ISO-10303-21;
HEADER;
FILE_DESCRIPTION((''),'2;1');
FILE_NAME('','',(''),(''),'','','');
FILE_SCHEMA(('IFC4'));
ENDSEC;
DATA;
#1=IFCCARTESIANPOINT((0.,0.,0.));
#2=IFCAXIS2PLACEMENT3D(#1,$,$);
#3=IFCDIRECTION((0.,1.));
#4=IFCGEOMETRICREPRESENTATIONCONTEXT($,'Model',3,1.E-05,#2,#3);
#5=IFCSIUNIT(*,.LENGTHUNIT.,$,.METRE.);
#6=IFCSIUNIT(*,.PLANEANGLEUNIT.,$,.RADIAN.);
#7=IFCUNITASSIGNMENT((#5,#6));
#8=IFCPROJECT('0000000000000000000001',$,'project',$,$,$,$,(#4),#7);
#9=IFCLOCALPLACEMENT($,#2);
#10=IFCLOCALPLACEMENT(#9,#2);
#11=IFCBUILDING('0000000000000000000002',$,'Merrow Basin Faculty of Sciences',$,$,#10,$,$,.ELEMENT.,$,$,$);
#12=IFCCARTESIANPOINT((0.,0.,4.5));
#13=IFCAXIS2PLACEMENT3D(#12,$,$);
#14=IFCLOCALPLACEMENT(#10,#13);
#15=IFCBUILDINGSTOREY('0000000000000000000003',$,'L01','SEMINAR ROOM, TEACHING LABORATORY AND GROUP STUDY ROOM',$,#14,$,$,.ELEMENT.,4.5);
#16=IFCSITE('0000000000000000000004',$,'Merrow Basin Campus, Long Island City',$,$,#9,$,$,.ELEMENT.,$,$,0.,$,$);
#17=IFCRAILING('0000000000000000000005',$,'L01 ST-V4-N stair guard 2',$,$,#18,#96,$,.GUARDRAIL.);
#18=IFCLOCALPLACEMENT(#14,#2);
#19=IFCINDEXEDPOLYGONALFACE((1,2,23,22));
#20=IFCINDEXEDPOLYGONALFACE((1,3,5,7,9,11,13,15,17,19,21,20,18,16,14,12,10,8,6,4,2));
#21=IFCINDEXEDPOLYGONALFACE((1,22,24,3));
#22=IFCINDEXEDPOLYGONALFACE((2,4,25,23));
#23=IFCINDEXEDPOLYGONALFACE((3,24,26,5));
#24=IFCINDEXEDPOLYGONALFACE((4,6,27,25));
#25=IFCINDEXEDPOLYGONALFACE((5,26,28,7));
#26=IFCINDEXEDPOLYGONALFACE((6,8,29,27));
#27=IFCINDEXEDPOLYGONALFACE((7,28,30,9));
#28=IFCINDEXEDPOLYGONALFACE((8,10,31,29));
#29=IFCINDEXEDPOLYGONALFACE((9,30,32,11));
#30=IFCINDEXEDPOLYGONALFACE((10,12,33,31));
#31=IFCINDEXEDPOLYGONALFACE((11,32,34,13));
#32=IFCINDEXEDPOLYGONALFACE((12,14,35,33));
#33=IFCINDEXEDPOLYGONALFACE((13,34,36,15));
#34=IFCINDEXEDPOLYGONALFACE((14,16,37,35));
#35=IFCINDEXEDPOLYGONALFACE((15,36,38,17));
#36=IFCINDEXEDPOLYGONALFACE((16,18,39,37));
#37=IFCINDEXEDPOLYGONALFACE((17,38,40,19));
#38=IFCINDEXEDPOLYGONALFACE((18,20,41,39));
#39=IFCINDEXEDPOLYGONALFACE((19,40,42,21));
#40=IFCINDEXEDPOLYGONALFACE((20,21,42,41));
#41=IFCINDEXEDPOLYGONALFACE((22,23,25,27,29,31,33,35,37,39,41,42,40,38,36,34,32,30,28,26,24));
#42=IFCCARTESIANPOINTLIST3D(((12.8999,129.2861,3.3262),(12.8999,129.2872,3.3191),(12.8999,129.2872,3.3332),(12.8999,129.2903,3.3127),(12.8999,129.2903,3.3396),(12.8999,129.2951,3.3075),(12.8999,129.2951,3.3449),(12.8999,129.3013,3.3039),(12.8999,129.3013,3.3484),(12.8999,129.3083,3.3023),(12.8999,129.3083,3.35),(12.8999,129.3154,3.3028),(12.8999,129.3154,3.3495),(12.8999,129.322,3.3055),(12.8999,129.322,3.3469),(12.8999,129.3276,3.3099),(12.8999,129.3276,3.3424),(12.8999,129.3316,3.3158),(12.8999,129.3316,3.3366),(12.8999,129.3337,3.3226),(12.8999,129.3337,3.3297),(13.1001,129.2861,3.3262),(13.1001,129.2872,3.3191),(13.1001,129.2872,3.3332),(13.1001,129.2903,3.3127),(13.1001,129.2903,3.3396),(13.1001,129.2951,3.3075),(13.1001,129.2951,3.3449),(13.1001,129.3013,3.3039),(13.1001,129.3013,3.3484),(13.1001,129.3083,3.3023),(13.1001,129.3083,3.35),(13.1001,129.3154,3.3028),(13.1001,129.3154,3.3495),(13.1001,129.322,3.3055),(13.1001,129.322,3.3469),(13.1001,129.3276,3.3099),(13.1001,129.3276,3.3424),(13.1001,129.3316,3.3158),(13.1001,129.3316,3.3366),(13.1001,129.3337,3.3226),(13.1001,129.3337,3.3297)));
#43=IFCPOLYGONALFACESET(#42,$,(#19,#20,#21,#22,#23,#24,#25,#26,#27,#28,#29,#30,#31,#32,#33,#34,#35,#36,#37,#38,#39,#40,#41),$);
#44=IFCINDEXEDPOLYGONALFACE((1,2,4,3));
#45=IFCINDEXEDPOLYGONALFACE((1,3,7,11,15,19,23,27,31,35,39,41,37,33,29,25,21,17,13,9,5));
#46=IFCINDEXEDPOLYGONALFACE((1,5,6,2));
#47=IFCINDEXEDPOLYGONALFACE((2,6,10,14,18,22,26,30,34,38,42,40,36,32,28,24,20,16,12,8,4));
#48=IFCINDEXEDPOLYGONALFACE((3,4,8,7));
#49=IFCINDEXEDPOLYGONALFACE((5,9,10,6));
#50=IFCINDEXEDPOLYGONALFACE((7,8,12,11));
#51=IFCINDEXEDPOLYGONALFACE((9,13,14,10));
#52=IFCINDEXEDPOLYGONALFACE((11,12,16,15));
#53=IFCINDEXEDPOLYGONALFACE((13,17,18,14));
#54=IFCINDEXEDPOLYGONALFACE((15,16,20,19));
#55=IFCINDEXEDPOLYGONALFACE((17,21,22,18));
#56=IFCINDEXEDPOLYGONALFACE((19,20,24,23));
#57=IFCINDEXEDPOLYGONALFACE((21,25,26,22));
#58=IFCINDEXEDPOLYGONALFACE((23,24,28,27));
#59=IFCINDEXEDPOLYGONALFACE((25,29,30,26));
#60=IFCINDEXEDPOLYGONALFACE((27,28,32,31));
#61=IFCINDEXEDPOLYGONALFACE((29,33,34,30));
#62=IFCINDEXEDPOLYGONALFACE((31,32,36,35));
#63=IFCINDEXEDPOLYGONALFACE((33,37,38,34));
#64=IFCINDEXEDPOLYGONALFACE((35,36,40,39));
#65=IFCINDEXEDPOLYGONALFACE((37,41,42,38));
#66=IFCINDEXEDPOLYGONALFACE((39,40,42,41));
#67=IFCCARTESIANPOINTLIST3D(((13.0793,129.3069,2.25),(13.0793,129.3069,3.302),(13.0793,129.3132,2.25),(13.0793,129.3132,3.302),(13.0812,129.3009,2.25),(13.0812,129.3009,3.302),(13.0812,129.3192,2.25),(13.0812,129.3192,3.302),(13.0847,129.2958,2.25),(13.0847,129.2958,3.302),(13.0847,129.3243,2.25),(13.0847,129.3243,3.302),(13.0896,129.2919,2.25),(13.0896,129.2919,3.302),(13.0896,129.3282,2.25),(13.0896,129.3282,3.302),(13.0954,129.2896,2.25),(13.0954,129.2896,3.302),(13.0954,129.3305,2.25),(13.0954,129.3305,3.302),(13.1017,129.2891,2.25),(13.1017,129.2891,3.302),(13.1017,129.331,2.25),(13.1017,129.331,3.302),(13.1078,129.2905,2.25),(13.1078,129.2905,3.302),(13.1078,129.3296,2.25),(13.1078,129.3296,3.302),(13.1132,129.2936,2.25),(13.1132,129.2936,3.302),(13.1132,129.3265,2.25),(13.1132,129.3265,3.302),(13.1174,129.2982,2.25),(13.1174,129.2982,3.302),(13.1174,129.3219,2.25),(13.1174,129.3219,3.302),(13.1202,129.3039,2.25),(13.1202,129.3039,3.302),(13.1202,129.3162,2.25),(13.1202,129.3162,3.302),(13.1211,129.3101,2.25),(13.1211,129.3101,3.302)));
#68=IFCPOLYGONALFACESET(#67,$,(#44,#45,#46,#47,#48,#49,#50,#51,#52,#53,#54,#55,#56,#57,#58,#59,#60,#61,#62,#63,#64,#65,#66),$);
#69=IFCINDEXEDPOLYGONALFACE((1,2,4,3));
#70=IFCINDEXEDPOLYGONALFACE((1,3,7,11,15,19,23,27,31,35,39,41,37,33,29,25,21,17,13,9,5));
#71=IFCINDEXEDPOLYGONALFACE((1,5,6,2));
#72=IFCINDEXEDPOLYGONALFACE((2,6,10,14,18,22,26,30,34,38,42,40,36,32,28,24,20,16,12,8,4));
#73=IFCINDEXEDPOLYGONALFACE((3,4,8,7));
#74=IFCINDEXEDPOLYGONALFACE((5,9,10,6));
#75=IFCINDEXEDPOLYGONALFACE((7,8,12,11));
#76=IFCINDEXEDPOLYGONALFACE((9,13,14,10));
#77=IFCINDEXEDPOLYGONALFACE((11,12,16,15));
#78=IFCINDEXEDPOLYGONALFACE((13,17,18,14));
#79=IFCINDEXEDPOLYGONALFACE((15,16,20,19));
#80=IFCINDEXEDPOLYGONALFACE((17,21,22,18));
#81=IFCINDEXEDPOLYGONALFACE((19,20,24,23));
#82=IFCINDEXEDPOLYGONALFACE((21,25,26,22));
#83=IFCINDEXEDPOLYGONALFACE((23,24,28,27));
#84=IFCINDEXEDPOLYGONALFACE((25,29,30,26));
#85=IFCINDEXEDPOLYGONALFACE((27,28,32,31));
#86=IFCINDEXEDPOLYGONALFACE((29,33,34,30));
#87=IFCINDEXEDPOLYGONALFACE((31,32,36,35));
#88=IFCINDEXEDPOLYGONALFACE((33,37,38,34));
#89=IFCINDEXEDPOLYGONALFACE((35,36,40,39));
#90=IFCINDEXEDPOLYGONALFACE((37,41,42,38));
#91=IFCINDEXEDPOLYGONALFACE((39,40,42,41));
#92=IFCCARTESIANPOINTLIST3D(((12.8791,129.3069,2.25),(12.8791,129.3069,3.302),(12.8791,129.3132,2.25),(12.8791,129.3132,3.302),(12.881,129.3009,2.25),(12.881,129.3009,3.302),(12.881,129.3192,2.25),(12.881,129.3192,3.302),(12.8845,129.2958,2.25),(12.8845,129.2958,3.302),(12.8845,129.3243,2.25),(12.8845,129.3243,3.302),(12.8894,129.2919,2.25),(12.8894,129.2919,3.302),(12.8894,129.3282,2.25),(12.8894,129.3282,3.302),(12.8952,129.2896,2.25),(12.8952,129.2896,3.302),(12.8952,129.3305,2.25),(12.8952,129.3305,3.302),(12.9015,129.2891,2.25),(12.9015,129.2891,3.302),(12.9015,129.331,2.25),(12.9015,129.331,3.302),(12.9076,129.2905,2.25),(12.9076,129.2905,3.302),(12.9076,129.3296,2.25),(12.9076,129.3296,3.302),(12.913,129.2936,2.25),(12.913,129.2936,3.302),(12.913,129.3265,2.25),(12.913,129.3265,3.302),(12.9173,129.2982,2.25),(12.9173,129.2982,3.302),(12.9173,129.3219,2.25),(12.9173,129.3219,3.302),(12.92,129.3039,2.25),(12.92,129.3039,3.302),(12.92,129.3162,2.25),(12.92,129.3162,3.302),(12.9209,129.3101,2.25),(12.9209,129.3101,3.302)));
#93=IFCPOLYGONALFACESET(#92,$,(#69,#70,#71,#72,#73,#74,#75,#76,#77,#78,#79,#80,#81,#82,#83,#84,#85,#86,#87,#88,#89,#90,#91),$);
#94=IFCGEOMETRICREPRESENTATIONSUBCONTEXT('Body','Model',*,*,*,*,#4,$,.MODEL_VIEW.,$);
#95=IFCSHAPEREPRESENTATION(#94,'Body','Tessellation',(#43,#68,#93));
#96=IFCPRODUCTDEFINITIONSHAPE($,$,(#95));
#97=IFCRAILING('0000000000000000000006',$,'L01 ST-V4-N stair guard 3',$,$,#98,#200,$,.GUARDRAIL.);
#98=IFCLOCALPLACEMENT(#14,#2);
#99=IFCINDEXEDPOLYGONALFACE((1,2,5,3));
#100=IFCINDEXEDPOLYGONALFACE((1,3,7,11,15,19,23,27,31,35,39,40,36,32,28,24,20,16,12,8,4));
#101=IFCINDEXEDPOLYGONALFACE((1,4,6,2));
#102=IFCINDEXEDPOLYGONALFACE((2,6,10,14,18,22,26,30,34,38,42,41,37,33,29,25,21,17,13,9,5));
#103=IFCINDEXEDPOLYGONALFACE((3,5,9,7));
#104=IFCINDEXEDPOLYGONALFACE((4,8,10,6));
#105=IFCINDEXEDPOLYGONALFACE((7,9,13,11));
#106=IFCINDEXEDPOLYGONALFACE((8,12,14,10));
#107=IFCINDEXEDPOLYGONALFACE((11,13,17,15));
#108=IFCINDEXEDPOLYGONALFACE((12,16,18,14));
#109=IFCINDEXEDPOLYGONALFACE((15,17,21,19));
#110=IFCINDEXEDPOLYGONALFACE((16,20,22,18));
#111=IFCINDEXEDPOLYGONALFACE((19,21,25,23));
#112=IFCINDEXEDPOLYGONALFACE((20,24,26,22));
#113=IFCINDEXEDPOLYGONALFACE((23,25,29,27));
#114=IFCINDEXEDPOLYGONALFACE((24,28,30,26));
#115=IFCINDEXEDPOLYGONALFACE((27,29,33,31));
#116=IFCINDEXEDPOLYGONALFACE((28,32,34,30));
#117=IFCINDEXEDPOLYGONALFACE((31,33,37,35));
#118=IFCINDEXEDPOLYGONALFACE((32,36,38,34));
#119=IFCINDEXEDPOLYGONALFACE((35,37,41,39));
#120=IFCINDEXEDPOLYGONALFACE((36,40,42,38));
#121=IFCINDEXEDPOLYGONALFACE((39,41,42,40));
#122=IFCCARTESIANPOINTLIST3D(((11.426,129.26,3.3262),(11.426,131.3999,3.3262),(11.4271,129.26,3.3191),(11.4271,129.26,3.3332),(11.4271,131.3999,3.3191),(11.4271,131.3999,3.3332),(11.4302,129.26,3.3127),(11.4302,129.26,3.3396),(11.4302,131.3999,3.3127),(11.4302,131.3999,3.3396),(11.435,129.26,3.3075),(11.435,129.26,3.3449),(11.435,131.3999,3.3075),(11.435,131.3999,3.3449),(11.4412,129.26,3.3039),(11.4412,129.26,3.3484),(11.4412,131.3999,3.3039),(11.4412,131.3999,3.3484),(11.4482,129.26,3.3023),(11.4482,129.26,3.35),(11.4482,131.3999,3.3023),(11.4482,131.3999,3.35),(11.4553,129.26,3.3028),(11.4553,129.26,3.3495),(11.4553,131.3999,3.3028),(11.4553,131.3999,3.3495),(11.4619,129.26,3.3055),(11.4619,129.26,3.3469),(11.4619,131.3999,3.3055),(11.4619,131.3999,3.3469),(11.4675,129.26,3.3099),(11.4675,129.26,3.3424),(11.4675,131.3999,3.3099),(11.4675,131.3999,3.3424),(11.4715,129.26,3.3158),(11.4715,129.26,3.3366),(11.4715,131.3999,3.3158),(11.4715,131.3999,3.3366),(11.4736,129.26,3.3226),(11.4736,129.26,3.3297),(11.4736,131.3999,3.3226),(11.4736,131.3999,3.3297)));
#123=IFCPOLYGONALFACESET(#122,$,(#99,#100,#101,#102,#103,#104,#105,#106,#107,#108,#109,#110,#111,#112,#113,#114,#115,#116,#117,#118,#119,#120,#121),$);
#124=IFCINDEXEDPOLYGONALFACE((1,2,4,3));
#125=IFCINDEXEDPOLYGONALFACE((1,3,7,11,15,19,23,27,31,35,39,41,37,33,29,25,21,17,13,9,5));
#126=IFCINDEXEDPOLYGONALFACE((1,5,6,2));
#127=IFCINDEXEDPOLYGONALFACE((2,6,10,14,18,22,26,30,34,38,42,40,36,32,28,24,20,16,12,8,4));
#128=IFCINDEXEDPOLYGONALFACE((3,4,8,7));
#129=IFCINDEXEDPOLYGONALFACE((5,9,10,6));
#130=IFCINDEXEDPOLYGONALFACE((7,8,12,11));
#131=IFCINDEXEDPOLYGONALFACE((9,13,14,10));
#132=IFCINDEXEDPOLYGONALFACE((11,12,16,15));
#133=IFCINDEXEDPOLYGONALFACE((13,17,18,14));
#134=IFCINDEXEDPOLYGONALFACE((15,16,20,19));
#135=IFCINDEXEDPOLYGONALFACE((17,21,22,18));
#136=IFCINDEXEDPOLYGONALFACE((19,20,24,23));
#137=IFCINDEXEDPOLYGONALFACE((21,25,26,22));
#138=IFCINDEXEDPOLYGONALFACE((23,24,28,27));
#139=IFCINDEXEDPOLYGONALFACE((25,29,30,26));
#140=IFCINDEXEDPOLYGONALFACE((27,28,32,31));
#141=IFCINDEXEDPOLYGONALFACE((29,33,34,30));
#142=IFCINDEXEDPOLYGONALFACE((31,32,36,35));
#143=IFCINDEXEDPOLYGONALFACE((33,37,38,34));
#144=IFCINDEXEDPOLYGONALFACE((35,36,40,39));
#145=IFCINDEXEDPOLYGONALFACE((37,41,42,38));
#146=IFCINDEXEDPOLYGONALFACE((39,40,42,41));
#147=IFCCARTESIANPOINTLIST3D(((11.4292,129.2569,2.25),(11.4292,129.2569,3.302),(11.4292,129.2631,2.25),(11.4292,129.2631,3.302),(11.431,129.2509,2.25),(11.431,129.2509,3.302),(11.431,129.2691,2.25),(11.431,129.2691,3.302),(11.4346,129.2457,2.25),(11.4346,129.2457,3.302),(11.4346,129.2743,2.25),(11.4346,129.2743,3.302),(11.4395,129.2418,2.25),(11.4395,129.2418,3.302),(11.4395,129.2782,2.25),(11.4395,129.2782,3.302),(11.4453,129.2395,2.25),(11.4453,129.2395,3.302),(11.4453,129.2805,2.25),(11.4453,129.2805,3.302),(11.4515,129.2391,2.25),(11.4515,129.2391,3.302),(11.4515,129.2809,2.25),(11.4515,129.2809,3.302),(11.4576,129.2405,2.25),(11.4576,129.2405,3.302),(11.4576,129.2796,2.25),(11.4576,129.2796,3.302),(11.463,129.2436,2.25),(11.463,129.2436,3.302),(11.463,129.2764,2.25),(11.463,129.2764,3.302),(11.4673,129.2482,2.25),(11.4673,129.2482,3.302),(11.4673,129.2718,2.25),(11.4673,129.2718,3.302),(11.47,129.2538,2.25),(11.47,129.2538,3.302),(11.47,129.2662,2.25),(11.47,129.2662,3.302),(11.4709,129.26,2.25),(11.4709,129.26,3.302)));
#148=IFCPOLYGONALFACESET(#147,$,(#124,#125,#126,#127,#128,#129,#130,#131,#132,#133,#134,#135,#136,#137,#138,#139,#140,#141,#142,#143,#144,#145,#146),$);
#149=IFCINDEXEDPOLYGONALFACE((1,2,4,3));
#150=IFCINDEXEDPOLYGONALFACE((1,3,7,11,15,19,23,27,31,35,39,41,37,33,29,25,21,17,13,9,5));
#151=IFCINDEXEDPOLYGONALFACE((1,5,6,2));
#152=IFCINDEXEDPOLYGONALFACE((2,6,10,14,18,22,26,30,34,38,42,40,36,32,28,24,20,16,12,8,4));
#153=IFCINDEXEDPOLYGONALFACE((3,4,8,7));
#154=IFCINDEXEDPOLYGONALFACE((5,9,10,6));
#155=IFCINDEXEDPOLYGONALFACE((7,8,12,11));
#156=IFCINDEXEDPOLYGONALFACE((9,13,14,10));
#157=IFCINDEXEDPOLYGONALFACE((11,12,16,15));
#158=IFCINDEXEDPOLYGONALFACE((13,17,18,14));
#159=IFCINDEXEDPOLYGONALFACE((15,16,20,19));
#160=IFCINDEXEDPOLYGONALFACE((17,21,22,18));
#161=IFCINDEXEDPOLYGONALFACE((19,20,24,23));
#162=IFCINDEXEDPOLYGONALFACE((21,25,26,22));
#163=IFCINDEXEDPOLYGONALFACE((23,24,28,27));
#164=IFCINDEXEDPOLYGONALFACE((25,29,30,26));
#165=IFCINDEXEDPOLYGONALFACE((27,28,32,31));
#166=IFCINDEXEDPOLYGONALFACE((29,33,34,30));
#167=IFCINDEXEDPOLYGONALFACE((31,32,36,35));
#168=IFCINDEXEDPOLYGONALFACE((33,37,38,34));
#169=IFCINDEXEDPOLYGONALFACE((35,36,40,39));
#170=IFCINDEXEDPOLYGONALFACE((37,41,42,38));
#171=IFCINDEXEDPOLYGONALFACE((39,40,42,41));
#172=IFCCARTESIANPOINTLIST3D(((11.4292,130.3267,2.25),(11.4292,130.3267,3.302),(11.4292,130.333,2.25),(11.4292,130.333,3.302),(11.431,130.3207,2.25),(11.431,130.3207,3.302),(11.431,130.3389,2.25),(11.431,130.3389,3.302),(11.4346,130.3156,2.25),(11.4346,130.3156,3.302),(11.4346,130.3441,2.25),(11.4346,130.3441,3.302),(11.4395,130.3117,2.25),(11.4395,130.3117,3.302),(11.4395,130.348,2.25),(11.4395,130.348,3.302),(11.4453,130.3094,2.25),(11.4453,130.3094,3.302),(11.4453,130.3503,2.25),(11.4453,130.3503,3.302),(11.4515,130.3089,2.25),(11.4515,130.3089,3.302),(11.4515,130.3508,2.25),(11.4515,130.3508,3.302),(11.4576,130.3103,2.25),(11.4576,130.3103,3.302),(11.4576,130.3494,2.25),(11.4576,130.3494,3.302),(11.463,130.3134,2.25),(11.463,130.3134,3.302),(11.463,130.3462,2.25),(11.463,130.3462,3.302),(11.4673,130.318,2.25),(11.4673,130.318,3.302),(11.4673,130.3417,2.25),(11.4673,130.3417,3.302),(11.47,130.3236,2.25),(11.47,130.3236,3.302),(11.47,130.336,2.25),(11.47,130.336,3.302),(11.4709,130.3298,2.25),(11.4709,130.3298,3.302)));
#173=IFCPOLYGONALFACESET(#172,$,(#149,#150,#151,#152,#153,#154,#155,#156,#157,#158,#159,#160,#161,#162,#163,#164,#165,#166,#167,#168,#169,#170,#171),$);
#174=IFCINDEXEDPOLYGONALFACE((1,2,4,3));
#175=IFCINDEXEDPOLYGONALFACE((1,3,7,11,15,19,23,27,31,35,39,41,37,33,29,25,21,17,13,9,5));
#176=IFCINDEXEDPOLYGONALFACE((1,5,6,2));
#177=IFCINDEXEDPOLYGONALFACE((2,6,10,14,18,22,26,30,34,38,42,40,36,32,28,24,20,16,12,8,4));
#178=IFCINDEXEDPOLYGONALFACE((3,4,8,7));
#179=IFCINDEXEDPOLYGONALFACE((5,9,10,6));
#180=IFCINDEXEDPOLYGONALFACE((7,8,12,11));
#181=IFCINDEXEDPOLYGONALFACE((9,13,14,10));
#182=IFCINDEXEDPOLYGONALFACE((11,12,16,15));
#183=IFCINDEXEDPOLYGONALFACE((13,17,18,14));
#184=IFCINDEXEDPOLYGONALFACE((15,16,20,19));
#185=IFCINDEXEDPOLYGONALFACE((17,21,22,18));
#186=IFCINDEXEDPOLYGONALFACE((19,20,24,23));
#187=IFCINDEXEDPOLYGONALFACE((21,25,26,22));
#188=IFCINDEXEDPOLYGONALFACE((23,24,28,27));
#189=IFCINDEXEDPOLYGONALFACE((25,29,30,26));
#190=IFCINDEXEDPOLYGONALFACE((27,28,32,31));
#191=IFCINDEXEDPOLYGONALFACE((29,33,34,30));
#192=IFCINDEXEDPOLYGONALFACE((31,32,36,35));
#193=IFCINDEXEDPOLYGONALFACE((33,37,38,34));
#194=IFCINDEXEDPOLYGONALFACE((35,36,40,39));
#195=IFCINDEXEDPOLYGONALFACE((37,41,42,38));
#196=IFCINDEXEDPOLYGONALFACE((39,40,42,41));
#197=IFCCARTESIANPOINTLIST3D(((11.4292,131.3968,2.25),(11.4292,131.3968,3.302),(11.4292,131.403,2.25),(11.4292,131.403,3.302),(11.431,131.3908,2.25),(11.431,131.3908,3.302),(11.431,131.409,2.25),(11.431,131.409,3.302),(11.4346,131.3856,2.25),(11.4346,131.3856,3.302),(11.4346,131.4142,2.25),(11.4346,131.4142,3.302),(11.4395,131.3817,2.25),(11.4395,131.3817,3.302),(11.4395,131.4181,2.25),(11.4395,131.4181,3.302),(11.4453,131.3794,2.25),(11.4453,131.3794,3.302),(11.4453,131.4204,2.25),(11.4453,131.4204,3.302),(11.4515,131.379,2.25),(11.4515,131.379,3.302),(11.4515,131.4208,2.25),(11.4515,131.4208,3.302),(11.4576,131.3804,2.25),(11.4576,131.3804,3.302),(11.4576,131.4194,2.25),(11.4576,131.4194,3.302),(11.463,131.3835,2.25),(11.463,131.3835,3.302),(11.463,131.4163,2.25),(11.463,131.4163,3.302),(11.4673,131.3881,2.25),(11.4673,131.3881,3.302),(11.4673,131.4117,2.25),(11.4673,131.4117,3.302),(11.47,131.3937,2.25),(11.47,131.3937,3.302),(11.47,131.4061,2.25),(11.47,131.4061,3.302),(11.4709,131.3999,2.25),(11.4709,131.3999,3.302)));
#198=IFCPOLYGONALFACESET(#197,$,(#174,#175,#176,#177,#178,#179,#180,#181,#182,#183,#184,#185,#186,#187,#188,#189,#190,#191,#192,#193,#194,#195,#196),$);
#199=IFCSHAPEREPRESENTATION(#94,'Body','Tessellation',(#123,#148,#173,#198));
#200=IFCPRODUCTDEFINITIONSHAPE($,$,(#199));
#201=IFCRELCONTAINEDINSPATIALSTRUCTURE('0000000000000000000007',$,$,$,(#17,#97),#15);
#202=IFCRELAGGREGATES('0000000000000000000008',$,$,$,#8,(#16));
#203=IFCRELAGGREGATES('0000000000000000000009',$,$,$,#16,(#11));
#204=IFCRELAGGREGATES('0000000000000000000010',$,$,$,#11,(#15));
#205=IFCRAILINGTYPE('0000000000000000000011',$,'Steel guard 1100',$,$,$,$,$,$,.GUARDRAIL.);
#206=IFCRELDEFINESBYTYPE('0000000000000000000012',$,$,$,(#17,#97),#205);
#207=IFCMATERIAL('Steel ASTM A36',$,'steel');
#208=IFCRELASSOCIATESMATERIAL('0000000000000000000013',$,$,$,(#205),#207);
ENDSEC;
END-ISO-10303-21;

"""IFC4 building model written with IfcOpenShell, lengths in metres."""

from ifc_helpers import new_model, si_unit, direction, frame, origin, origin_2d, place, context, subcontext, project, spatial, circle, extrude, material, type_object, element, save


model = new_model("IFC4")

# Units and contexts
model_context = context("Model", 3, precision=1e-05, world=origin(), true_north=direction((0.0, 1.0)))
body_context = subcontext(model_context, "Body", "Model", "MODEL_VIEW")
ifc_project = project(units=[si_unit("LENGTHUNIT", "METRE"), si_unit("PLANEANGLEUNIT", "RADIAN")], contexts=[model_context])

# Site, building, storey
site_placement = place(None, origin())
site = spatial("IfcSite", under=ifc_project, at=site_placement, Name="Merrow Basin Campus, Long Island City", CompositionType="ELEMENT", RefElevation=0.0)
building_placement = place(site_placement, origin())
building = spatial("IfcBuilding", under=site, at=building_placement, Name="Merrow Basin Faculty of Sciences", CompositionType="ELEMENT")
storey_placement = place(building_placement, frame((0.0, 0.0, 4.5)))
storey = spatial("IfcBuildingStorey", under=building, at=storey_placement, Name="L01", Description="SEMINAR ROOM, TEACHING LABORATORY AND GROUP STUDY ROOM", CompositionType="ELEMENT", Elevation=4.5)

# Railings
ifc_material_1 = material(Name="Steel ASTM A36", Category="steel")
railing_type_1 = type_object("IfcRailingType", Name="Steel guard 1100", PredefinedType="GUARDRAIL", material=ifc_material_1)
railing_1_placement = place(storey_placement, frame((13.1001, 129.3101, 2.25)))
element("IfcRailing", 1, at=railing_1_placement, inside=storey, type_object=railing_type_1, Name="L01 ST-V4-N stair guard 2", PredefinedType="GUARDRAIL", context=body_context, shape_type="SweptSolid", body=[
    extrude(circle(Radius=0.0239, at=origin_2d()), frame((0.0, 0.0, 1.0762), z_axis=(-1.0, 0.0, 0.0), x_axis=(0.0, -1.0, 0.0)), (0.0, 0.0, 1.0), 0.2002),
    extrude(circle(Radius=0.021, at=origin_2d()), origin(), (0.0, 0.0, 1.0), 1.052),
    extrude(circle(Radius=0.021, at=origin_2d()), frame((-0.2002, 0.0, 0.0)), (0.0, 0.0, 1.0), 1.052),
])
railing_2_placement = place(storey_placement, frame((11.45, 129.26, 2.25)))
element("IfcRailing", 2, at=railing_2_placement, inside=storey, type_object=railing_type_1, Name="L01 ST-V4-N stair guard 3", PredefinedType="GUARDRAIL", context=body_context, shape_type="SweptSolid", body=[
    extrude(circle(Radius=0.0239, at=origin_2d()), frame((0.0, 0.0, 1.0762), z_axis=(0.0, 1.0, 0.0), x_axis=(-1.0, 0.0, 0.0)), (0.0, 0.0, 1.0), 2.1399),
    extrude(circle(Radius=0.021, at=origin_2d()), origin(), (0.0, 0.0, 1.0), 1.052),
    extrude(circle(Radius=0.021, at=origin_2d()), frame((0.0, 1.0698, 0.0)), (0.0, 0.0, 1.0), 1.052),
    extrude(circle(Radius=0.021, at=origin_2d()), frame((0.0, 2.1399, 0.0)), (0.0, 0.0, 1.0), 1.052),
])

save(model, "model.ifc")
